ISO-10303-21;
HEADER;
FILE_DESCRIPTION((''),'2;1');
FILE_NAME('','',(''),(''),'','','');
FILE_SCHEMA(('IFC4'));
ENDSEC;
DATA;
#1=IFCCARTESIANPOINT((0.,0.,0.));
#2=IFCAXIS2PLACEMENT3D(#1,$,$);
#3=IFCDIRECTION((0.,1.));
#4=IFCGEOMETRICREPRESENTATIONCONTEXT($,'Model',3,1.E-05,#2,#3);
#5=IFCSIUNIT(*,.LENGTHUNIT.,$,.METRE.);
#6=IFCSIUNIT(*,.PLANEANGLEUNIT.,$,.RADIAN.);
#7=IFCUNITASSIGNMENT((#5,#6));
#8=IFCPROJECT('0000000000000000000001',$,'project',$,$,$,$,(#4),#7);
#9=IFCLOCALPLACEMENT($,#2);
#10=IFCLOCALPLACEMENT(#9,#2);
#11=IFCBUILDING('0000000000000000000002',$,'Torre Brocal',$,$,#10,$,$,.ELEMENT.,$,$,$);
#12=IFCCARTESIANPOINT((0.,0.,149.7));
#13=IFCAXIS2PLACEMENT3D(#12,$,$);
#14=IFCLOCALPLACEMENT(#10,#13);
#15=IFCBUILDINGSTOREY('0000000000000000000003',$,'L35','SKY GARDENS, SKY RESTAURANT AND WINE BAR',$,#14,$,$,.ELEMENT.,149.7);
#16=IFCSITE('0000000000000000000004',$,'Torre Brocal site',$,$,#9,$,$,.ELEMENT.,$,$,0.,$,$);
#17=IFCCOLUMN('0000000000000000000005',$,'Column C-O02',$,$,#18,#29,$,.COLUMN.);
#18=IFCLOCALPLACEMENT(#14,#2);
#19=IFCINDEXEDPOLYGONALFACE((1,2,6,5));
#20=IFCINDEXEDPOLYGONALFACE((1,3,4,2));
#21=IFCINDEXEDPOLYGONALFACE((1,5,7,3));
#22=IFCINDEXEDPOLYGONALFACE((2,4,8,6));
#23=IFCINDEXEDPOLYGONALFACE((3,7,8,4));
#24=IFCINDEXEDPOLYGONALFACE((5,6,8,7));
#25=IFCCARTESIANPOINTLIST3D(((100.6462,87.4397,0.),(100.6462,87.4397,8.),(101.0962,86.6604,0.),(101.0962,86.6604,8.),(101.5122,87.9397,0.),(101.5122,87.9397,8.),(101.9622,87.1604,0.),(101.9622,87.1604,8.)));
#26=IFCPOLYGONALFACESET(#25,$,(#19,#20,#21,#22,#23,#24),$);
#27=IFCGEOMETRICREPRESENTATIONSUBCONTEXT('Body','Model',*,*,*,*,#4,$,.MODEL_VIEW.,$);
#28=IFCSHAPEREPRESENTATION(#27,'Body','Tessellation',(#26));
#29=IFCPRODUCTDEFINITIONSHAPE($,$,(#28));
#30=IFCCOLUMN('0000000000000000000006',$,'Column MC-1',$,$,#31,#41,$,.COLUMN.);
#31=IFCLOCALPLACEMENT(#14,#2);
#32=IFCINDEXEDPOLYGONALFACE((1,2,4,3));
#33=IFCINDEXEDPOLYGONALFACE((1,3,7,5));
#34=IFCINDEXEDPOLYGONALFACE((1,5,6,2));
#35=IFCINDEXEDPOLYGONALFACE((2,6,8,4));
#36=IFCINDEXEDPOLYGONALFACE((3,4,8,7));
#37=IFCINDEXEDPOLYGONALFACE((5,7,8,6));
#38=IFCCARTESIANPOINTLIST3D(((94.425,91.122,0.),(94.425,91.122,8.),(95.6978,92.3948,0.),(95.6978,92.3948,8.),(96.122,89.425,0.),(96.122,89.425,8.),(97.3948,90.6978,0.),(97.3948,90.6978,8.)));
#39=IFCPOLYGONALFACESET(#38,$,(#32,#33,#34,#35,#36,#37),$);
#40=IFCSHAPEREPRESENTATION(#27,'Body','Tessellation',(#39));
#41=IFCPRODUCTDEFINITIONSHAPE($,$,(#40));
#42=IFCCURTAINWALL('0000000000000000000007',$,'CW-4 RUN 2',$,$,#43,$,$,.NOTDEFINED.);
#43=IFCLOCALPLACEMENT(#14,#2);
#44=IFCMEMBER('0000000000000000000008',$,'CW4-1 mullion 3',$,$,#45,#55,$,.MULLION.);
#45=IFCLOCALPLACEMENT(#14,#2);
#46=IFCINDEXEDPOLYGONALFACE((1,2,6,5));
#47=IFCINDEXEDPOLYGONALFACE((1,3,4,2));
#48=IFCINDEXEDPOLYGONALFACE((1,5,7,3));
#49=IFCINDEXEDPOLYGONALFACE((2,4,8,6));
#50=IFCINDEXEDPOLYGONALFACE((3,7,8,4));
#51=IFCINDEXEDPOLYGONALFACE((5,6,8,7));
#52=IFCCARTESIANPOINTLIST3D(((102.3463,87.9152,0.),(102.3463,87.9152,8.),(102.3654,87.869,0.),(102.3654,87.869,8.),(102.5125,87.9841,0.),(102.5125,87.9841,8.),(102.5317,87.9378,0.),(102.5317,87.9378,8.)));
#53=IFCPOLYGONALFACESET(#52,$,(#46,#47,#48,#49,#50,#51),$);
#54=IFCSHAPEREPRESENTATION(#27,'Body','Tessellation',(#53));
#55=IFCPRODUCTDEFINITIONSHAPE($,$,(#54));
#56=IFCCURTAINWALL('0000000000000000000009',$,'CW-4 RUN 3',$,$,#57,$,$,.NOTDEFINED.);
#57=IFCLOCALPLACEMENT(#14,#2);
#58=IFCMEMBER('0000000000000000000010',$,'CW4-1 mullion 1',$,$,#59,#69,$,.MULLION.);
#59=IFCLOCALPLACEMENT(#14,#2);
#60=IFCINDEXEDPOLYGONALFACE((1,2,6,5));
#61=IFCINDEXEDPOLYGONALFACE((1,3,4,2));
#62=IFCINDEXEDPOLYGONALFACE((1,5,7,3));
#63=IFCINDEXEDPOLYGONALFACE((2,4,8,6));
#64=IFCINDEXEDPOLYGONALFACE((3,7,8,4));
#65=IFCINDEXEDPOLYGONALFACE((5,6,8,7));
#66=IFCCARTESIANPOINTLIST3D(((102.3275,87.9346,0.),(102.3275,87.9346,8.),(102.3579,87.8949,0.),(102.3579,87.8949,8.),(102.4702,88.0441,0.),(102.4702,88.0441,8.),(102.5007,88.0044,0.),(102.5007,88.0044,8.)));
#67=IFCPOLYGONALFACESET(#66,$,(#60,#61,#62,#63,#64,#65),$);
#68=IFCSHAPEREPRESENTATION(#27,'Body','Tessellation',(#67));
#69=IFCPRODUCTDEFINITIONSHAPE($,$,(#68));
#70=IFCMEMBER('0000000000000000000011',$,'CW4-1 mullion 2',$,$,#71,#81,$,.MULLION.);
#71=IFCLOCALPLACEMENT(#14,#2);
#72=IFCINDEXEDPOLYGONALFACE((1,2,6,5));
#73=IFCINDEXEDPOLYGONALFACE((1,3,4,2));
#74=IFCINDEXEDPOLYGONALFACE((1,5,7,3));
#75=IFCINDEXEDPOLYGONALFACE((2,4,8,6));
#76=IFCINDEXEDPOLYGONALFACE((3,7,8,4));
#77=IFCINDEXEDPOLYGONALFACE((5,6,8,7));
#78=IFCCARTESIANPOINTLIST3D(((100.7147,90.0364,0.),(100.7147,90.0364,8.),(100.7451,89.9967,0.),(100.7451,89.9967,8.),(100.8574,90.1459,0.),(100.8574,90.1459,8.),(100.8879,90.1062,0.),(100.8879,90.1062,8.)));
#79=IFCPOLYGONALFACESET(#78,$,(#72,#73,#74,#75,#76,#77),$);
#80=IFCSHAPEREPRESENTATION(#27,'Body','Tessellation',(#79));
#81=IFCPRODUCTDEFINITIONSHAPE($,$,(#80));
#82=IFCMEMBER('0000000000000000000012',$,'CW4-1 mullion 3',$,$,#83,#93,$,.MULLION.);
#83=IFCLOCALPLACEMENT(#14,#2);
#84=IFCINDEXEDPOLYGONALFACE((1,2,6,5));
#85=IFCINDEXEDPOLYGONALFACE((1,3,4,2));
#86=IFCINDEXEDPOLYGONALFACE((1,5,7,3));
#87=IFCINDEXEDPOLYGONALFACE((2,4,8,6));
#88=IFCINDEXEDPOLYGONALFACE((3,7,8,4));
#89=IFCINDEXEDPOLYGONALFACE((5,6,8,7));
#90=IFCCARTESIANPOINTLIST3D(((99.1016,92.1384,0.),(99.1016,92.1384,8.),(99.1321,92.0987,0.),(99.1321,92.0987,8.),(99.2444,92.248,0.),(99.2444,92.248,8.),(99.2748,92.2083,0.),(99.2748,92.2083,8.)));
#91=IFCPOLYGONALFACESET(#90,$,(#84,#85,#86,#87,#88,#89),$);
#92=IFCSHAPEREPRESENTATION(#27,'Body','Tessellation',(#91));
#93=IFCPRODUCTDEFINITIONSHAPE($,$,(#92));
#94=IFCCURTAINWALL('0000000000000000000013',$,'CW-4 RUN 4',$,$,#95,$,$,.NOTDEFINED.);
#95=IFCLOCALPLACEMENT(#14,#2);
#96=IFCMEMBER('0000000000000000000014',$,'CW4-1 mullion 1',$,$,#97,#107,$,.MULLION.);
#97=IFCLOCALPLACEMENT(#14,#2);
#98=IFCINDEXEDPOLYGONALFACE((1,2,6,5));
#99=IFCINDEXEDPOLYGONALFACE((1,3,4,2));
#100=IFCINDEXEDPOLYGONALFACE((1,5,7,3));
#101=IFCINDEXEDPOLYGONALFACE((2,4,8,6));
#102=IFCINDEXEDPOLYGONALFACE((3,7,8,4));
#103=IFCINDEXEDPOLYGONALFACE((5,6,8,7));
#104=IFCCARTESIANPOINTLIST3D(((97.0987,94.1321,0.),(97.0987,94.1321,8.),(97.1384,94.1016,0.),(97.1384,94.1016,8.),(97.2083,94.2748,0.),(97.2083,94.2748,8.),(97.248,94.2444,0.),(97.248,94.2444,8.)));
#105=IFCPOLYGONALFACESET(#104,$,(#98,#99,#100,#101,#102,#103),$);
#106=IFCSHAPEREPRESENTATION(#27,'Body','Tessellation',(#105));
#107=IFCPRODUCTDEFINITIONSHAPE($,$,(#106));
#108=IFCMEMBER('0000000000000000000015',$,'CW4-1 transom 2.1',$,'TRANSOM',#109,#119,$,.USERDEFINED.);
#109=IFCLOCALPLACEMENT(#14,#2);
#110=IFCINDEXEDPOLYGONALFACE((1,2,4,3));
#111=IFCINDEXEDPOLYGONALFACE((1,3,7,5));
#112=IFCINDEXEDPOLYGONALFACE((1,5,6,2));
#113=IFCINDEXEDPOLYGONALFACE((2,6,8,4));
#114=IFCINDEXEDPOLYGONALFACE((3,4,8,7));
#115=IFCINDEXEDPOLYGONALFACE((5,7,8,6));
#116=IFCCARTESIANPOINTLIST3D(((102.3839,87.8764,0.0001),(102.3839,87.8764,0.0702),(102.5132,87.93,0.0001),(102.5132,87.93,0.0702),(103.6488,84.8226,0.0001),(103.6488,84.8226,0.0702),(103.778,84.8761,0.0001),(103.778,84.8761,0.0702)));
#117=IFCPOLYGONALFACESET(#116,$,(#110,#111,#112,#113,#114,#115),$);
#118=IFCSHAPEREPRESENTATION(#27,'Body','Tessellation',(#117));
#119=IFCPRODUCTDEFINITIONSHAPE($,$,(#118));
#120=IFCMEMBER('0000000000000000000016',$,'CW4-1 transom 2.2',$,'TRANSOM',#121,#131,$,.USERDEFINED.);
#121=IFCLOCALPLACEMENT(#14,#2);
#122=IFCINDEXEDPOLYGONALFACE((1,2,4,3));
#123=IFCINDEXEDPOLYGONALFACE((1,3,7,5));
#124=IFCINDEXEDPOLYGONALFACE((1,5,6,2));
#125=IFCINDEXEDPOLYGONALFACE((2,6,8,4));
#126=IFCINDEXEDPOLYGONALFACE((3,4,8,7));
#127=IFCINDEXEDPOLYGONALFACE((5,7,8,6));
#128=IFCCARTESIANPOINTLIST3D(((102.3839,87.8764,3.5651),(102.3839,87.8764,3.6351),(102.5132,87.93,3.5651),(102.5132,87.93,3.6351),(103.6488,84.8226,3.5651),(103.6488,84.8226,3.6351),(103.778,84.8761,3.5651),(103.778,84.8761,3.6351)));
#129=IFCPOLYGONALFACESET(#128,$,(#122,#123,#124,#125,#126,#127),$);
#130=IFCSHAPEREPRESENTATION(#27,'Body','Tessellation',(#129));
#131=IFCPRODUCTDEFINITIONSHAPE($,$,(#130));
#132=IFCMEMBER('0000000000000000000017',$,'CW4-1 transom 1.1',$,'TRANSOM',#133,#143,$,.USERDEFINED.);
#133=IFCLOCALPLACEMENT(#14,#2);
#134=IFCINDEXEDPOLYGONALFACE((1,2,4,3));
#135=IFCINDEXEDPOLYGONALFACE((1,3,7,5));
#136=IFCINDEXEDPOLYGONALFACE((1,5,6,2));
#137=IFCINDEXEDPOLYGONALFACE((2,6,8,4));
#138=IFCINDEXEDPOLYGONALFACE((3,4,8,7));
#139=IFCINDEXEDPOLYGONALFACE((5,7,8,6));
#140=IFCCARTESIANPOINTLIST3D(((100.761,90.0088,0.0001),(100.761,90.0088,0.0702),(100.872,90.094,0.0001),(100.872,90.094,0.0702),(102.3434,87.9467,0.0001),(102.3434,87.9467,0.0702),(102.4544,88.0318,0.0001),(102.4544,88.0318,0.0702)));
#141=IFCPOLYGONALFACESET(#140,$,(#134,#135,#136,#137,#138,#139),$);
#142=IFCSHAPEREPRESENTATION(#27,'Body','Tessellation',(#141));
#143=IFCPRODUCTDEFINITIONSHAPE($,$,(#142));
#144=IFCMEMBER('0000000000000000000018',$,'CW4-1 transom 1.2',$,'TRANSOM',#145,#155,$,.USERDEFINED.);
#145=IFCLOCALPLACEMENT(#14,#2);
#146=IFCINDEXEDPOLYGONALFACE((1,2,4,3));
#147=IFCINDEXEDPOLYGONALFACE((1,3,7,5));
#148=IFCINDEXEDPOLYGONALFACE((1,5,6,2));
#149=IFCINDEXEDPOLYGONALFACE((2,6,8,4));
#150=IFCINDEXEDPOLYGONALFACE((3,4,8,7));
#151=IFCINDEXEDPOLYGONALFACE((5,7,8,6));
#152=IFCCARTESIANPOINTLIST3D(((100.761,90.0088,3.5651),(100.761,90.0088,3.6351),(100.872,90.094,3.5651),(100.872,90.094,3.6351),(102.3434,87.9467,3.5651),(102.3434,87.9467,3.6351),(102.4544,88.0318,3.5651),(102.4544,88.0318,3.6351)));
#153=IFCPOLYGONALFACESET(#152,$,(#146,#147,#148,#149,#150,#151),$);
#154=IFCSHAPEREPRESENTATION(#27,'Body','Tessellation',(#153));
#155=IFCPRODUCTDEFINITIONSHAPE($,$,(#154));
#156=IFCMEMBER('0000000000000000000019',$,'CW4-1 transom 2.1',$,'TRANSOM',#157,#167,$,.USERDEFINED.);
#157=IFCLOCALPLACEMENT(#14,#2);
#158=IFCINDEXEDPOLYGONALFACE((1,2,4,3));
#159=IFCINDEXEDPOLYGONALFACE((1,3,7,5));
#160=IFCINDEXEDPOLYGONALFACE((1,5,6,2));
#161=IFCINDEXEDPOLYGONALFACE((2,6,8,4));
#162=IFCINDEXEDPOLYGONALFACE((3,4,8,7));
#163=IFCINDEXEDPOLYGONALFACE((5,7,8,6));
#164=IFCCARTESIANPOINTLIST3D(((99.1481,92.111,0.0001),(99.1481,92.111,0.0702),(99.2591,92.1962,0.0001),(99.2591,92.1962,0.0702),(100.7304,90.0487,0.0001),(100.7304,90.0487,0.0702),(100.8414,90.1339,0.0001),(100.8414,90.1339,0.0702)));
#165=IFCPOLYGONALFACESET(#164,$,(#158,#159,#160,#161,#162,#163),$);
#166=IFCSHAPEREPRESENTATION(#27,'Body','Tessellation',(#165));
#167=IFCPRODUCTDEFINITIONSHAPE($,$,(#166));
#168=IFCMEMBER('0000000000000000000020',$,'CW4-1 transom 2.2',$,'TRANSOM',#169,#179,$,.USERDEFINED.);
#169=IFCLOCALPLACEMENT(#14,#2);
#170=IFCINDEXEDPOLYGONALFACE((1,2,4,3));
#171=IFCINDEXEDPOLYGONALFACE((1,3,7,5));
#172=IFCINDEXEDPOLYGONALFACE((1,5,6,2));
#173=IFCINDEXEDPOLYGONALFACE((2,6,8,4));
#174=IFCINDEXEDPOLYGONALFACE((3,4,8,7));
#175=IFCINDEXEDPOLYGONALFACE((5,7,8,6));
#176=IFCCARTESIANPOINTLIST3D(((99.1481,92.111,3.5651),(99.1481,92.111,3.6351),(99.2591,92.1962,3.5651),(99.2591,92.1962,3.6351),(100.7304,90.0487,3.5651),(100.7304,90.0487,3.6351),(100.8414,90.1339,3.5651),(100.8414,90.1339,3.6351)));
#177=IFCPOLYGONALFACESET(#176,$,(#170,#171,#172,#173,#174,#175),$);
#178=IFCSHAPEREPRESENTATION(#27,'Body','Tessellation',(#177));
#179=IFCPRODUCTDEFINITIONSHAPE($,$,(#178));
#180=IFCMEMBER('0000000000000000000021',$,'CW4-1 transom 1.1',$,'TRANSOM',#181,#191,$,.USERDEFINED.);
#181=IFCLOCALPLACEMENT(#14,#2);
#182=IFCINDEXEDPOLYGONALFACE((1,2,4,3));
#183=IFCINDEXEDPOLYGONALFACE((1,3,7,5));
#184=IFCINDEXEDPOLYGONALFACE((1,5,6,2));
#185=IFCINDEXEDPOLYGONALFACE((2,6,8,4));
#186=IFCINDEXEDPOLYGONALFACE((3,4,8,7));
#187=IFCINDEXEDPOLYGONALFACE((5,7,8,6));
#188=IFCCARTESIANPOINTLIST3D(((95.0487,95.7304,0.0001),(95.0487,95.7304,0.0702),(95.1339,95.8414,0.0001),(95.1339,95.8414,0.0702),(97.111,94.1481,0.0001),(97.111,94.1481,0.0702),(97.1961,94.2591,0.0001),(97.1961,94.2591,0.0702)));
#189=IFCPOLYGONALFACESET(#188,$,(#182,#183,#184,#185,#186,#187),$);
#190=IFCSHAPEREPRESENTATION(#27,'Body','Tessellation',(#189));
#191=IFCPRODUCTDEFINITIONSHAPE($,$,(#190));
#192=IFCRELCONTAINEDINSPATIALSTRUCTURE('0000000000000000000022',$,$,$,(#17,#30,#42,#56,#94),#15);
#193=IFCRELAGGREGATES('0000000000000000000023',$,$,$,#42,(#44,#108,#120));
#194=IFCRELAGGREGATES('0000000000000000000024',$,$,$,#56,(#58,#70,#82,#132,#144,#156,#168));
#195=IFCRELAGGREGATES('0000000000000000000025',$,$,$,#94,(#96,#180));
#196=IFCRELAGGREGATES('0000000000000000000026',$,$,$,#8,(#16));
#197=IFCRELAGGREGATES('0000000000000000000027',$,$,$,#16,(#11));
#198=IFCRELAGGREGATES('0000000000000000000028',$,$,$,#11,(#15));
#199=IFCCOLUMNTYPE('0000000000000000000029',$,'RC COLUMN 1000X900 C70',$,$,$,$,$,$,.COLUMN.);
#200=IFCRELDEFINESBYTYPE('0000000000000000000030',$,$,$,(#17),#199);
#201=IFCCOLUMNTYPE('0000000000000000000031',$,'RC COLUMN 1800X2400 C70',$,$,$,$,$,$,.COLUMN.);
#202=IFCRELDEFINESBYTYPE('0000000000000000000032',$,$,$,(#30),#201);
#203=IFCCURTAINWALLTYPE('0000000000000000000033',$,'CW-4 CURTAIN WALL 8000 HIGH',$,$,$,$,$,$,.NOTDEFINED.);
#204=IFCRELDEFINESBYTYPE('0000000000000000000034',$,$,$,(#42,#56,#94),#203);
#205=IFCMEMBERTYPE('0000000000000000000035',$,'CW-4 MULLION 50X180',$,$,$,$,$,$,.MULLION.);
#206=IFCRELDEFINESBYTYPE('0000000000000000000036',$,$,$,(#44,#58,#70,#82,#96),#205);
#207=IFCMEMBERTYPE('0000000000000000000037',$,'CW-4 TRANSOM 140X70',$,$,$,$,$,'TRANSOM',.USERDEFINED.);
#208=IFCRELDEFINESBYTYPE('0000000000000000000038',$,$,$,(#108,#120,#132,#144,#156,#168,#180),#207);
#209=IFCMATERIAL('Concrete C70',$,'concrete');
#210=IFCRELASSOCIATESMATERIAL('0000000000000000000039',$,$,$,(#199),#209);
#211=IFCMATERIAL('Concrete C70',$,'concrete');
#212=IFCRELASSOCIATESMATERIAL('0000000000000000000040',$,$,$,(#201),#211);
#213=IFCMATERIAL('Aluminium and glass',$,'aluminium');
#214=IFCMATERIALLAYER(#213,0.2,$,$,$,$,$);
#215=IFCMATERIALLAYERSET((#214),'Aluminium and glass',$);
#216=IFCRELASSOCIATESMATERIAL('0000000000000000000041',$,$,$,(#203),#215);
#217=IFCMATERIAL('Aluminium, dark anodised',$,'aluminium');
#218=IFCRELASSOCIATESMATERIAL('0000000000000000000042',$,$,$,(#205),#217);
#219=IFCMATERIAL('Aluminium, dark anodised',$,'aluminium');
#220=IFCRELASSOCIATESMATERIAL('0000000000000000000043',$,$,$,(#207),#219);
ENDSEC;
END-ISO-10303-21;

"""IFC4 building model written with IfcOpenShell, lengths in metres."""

from ifc_helpers import new_model, si_unit, direction, frame, origin, origin_2d, place, context, subcontext, project, spatial, rectangle, extrude, material, layer, layer_set, material_profile, profile_set, type_object, element, aggregate, save


model = new_model("IFC4")

# Units and contexts
model_context = context("Model", 3, precision=1e-05, world=origin(), true_north=direction((0.0, 1.0)))
body_context = subcontext(model_context, "Body", "Model", "MODEL_VIEW")
ifc_project = project(units=[si_unit("LENGTHUNIT", "METRE"), si_unit("PLANEANGLEUNIT", "RADIAN")], contexts=[model_context])

# Site, building, storey
site_placement = place(None, origin())
site = spatial("IfcSite", under=ifc_project, at=site_placement, Name="Torre Brocal site", CompositionType="ELEMENT", RefElevation=0.0)
building_placement = place(site_placement, origin())
building = spatial("IfcBuilding", under=site, at=building_placement, Name="Torre Brocal", CompositionType="ELEMENT")
storey_placement = place(building_placement, frame((0.0, 0.0, 149.7)))
storey = spatial("IfcBuildingStorey", under=building, at=storey_placement, Name="L35", Description="SKY GARDENS, SKY RESTAURANT AND WINE BAR", CompositionType="ELEMENT", Elevation=149.7)

# Columns
ifc_material_1 = material(Name="Concrete C70", Category="concrete")
ifc_material_profile_1 = material_profile(ifc_material_1, rectangle(XDim=1.0, YDim=0.8999, at=origin_2d()), Name="RC 1000X900")
ifc_profile_set_1 = profile_set([ifc_material_profile_1], Name="Concrete C70")
column_type_1 = type_object("IfcColumnType", Name="RC COLUMN 1000X900 C70", PredefinedType="COLUMN", material=ifc_profile_set_1)
column_1_placement = place(storey_placement, frame((101.3042, 87.3, 0.0), z_axis=(0.0, 0.0, 1.0), x_axis=(0.866025, 0.5, 0.0)))
element("IfcColumn", 1, at=column_1_placement, inside=storey, type_object=column_type_1, Name="Column C-O02", PredefinedType="COLUMN", context=body_context, shape_type="SweptSolid", body=[
    extrude(rectangle(XDim=1.0, YDim=0.8999, at=origin_2d()), origin(), (0.0, 0.0, 1.0), 8.0),
])
ifc_material_2 = material(Name="Concrete C70", Category="concrete")
ifc_material_profile_2 = material_profile(ifc_material_2, rectangle(XDim=1.8, YDim=2.3999, at=origin_2d()), Name="RC 1800X2400")
ifc_profile_set_2 = profile_set([ifc_material_profile_2], Name="Concrete C70")
column_type_2 = type_object("IfcColumnType", Name="RC COLUMN 1800X2400 C70", PredefinedType="COLUMN", material=ifc_profile_set_2)
column_2_placement = place(storey_placement, frame((95.9099, 90.9099, 0.0), z_axis=(0.0, 0.0, 1.0), x_axis=(0.707107, 0.707107, 0.0)))
element("IfcColumn", 2, at=column_2_placement, inside=storey, type_object=column_type_2, Name="Column MC-1", PredefinedType="COLUMN", context=body_context, shape_type="SweptSolid", body=[
    extrude(rectangle(XDim=1.8, YDim=2.3999, at=origin_2d()), origin(), (0.0, 0.0, 1.0), 8.0),
])

# Curtain wall, member
ifc_material_3 = material(Name="Aluminium and glass", Category="aluminium")
ifc_layer_1 = layer(ifc_material_3, 0.2)
ifc_layer_set_1 = layer_set([ifc_layer_1], Name="Aluminium and glass")
curtain_wall_type = type_object("IfcCurtainWallType", Name="CW-4 CURTAIN WALL 8000 HIGH", PredefinedType="NOTDEFINED", material=ifc_layer_set_1)
curtain_wall_1_placement = place(storey_placement, origin())
curtain_wall_1 = element("IfcCurtainWall", 3, at=curtain_wall_1_placement, inside=storey, type_object=curtain_wall_type, Name="CW-4 RUN 2", PredefinedType="NOTDEFINED")
ifc_material_4 = material(Name="Aluminium, dark anodised", Category="aluminium")
ifc_material_profile_3 = material_profile(ifc_material_4, rectangle(XDim=0.1799, YDim=0.05, at=origin_2d()), Name="CW-4 MULLION 50X180")
ifc_profile_set_3 = profile_set([ifc_material_profile_3], Name="Aluminium, dark anodised")
member_type_1 = type_object("IfcMemberType", Name="CW-4 MULLION 50X180", PredefinedType="MULLION", material=ifc_profile_set_3)
member_1_placement = place(storey_placement, frame((102.439, 87.9265, 0.0), z_axis=(0.0, 0.0, 1.0), x_axis=(-0.92388, -0.382683, 0.0)))
member_1 = element("IfcMember", 4, at=member_1_placement, type_object=member_type_1, Name="CW4-1 mullion 3", PredefinedType="MULLION", context=body_context, shape_type="SweptSolid", body=[
    extrude(rectangle(XDim=0.1799, YDim=0.05, at=origin_2d()), origin(), (0.0, 0.0, 1.0), 8.0),
])

# Curtain wall, members
curtain_wall_2_placement = place(storey_placement, origin())
curtain_wall_2 = element("IfcCurtainWall", 5, at=curtain_wall_2_placement, inside=storey, type_object=curtain_wall_type, Name="CW-4 RUN 3", PredefinedType="NOTDEFINED")
member_2_placement = place(storey_placement, frame((102.4141, 87.9695, 0.0), z_axis=(0.0, 0.0, 1.0), x_axis=(-0.793353, -0.608761, 0.0)))
member_2 = element("IfcMember", 6, at=member_2_placement, type_object=member_type_1, Name="CW4-1 mullion 1", PredefinedType="MULLION", context=body_context, shape_type="SweptSolid", body=[
    extrude(rectangle(XDim=0.1799, YDim=0.05, at=origin_2d()), origin(), (0.0, 0.0, 1.0), 8.0),
])
member_3_placement = place(storey_placement, frame((100.8013, 90.0713, 0.0), z_axis=(0.0, 0.0, 1.0), x_axis=(-0.793353, -0.608761, 0.0)))
member_3 = element("IfcMember", 7, at=member_3_placement, type_object=member_type_1, Name="CW4-1 mullion 2", PredefinedType="MULLION", context=body_context, shape_type="SweptSolid", body=[
    extrude(rectangle(XDim=0.1799, YDim=0.05, at=origin_2d()), origin(), (0.0, 0.0, 1.0), 8.0),
])
member_4_placement = place(storey_placement, frame((99.1882, 92.1733, 0.0), z_axis=(0.0, 0.0, 1.0), x_axis=(-0.793353, -0.608761, 0.0)))
member_4 = element("IfcMember", 8, at=member_4_placement, type_object=member_type_1, Name="CW4-1 mullion 3", PredefinedType="MULLION", context=body_context, shape_type="SweptSolid", body=[
    extrude(rectangle(XDim=0.1799, YDim=0.05, at=origin_2d()), origin(), (0.0, 0.0, 1.0), 8.0),
])

# Curtain wall, member
curtain_wall_3_placement = place(storey_placement, origin())
curtain_wall_3 = element("IfcCurtainWall", 9, at=curtain_wall_3_placement, inside=storey, type_object=curtain_wall_type, Name="CW-4 RUN 4", PredefinedType="NOTDEFINED")
member_5_placement = place(storey_placement, frame((97.1733, 94.1882, 0.0), z_axis=(0.0, 0.0, 1.0), x_axis=(-0.608761, -0.793353, 0.0)))
member_5 = element("IfcMember", 10, at=member_5_placement, type_object=member_type_1, Name="CW4-1 mullion 1", PredefinedType="MULLION", context=body_context, shape_type="SweptSolid", body=[
    extrude(rectangle(XDim=0.1799, YDim=0.05, at=origin_2d()), origin(), (0.0, 0.0, 1.0), 8.0),
])

# Members
ifc_material_5 = material(Name="Aluminium, dark anodised", Category="aluminium")
ifc_material_profile_4 = material_profile(ifc_material_5, rectangle(XDim=0.1399, YDim=0.0701, at=origin_2d()), Name="CW-4 TRANSOM 140X70")
ifc_profile_set_4 = profile_set([ifc_material_profile_4], Name="Aluminium, dark anodised")
member_type_2 = type_object("IfcMemberType", Name="CW-4 TRANSOM 140X70", ElementType="TRANSOM", PredefinedType="USERDEFINED", material=ifc_profile_set_4)
member_6_placement = place(storey_placement, frame((103.7134, 84.8494, 0.0352), z_axis=(-0.382658, 0.92389, 0.0), x_axis=(-0.92389, -0.382658, 0.0)))
member_6 = element("IfcMember", 11, at=member_6_placement, type_object=member_type_2, Name="CW4-1 transom 2.1", ObjectType="TRANSOM", PredefinedType="USERDEFINED", context=body_context, shape_type="SweptSolid", body=[
    extrude(rectangle(XDim=0.1399, YDim=0.0701, at=origin_2d()), origin(), (0.0, 0.0, 1.0), 3.3054),
])
member_7_placement = place(storey_placement, frame((103.7134, 84.8494, 3.6001), z_axis=(-0.382658, 0.92389, 0.0), x_axis=(-0.92389, -0.382658, 0.0)))
member_7 = element("IfcMember", 12, at=member_7_placement, type_object=member_type_2, Name="CW4-1 transom 2.2", ObjectType="TRANSOM", PredefinedType="USERDEFINED", context=body_context, shape_type="SweptSolid", body=[
    extrude(rectangle(XDim=0.1399, YDim=0.0701, at=origin_2d()), origin(), (0.0, 0.0, 1.0), 3.3054),
])
member_8_placement = place(storey_placement, frame((102.3989, 87.9893, 0.0352), z_axis=(-0.608784, 0.793336, 0.0), x_axis=(-0.793336, -0.608784, 0.0)))
member_8 = element("IfcMember", 13, at=member_8_placement, type_object=member_type_2, Name="CW4-1 transom 1.1", ObjectType="TRANSOM", PredefinedType="USERDEFINED", context=body_context, shape_type="SweptSolid", body=[
    extrude(rectangle(XDim=0.1399, YDim=0.0701, at=origin_2d()), origin(), (0.0, 0.0, 1.0), 2.5994),
])
member_9_placement = place(storey_placement, frame((102.3989, 87.9893, 3.6001), z_axis=(-0.608784, 0.793336, 0.0), x_axis=(-0.793336, -0.608784, 0.0)))
member_9 = element("IfcMember", 14, at=member_9_placement, type_object=member_type_2, Name="CW4-1 transom 1.2", ObjectType="TRANSOM", PredefinedType="USERDEFINED", context=body_context, shape_type="SweptSolid", body=[
    extrude(rectangle(XDim=0.1399, YDim=0.0701, at=origin_2d()), origin(), (0.0, 0.0, 1.0), 2.5994),
])
member_10_placement = place(storey_placement, frame((100.7859, 90.0913, 0.0352), z_axis=(-0.608725, 0.793381, 0.0), x_axis=(-0.793381, -0.608725, 0.0)))
member_10 = element("IfcMember", 15, at=member_10_placement, type_object=member_type_2, Name="CW4-1 transom 2.1", ObjectType="TRANSOM", PredefinedType="USERDEFINED", context=body_context, shape_type="SweptSolid", body=[
    extrude(rectangle(XDim=0.1399, YDim=0.0701, at=origin_2d()), origin(), (0.0, 0.0, 1.0), 2.5994),
])
member_11_placement = place(storey_placement, frame((100.7859, 90.0913, 3.6001), z_axis=(-0.608725, 0.793381, 0.0), x_axis=(-0.793381, -0.608725, 0.0)))
member_11 = element("IfcMember", 16, at=member_11_placement, type_object=member_type_2, Name="CW4-1 transom 2.2", ObjectType="TRANSOM", PredefinedType="USERDEFINED", context=body_context, shape_type="SweptSolid", body=[
    extrude(rectangle(XDim=0.1399, YDim=0.0701, at=origin_2d()), origin(), (0.0, 0.0, 1.0), 2.5994),
])
member_12_placement = place(storey_placement, frame((97.1536, 94.2036, 0.0352), z_axis=(-0.793381, 0.608725, 0.0), x_axis=(-0.608725, -0.793381, 0.0)))
member_12 = element("IfcMember", 17, at=member_12_placement, type_object=member_type_2, Name="CW4-1 transom 1.1", ObjectType="TRANSOM", PredefinedType="USERDEFINED", context=body_context, shape_type="SweptSolid", body=[
    extrude(rectangle(XDim=0.1399, YDim=0.0701, at=origin_2d()), origin(), (0.0, 0.0, 1.0), 2.5994),
])

aggregate(curtain_wall_1, [member_1, member_6, member_7])
aggregate(curtain_wall_2, [member_2, member_3, member_4, member_8, member_9, member_10, member_11])
aggregate(curtain_wall_3, [member_5, member_12])

save(model, "model.ifc")
